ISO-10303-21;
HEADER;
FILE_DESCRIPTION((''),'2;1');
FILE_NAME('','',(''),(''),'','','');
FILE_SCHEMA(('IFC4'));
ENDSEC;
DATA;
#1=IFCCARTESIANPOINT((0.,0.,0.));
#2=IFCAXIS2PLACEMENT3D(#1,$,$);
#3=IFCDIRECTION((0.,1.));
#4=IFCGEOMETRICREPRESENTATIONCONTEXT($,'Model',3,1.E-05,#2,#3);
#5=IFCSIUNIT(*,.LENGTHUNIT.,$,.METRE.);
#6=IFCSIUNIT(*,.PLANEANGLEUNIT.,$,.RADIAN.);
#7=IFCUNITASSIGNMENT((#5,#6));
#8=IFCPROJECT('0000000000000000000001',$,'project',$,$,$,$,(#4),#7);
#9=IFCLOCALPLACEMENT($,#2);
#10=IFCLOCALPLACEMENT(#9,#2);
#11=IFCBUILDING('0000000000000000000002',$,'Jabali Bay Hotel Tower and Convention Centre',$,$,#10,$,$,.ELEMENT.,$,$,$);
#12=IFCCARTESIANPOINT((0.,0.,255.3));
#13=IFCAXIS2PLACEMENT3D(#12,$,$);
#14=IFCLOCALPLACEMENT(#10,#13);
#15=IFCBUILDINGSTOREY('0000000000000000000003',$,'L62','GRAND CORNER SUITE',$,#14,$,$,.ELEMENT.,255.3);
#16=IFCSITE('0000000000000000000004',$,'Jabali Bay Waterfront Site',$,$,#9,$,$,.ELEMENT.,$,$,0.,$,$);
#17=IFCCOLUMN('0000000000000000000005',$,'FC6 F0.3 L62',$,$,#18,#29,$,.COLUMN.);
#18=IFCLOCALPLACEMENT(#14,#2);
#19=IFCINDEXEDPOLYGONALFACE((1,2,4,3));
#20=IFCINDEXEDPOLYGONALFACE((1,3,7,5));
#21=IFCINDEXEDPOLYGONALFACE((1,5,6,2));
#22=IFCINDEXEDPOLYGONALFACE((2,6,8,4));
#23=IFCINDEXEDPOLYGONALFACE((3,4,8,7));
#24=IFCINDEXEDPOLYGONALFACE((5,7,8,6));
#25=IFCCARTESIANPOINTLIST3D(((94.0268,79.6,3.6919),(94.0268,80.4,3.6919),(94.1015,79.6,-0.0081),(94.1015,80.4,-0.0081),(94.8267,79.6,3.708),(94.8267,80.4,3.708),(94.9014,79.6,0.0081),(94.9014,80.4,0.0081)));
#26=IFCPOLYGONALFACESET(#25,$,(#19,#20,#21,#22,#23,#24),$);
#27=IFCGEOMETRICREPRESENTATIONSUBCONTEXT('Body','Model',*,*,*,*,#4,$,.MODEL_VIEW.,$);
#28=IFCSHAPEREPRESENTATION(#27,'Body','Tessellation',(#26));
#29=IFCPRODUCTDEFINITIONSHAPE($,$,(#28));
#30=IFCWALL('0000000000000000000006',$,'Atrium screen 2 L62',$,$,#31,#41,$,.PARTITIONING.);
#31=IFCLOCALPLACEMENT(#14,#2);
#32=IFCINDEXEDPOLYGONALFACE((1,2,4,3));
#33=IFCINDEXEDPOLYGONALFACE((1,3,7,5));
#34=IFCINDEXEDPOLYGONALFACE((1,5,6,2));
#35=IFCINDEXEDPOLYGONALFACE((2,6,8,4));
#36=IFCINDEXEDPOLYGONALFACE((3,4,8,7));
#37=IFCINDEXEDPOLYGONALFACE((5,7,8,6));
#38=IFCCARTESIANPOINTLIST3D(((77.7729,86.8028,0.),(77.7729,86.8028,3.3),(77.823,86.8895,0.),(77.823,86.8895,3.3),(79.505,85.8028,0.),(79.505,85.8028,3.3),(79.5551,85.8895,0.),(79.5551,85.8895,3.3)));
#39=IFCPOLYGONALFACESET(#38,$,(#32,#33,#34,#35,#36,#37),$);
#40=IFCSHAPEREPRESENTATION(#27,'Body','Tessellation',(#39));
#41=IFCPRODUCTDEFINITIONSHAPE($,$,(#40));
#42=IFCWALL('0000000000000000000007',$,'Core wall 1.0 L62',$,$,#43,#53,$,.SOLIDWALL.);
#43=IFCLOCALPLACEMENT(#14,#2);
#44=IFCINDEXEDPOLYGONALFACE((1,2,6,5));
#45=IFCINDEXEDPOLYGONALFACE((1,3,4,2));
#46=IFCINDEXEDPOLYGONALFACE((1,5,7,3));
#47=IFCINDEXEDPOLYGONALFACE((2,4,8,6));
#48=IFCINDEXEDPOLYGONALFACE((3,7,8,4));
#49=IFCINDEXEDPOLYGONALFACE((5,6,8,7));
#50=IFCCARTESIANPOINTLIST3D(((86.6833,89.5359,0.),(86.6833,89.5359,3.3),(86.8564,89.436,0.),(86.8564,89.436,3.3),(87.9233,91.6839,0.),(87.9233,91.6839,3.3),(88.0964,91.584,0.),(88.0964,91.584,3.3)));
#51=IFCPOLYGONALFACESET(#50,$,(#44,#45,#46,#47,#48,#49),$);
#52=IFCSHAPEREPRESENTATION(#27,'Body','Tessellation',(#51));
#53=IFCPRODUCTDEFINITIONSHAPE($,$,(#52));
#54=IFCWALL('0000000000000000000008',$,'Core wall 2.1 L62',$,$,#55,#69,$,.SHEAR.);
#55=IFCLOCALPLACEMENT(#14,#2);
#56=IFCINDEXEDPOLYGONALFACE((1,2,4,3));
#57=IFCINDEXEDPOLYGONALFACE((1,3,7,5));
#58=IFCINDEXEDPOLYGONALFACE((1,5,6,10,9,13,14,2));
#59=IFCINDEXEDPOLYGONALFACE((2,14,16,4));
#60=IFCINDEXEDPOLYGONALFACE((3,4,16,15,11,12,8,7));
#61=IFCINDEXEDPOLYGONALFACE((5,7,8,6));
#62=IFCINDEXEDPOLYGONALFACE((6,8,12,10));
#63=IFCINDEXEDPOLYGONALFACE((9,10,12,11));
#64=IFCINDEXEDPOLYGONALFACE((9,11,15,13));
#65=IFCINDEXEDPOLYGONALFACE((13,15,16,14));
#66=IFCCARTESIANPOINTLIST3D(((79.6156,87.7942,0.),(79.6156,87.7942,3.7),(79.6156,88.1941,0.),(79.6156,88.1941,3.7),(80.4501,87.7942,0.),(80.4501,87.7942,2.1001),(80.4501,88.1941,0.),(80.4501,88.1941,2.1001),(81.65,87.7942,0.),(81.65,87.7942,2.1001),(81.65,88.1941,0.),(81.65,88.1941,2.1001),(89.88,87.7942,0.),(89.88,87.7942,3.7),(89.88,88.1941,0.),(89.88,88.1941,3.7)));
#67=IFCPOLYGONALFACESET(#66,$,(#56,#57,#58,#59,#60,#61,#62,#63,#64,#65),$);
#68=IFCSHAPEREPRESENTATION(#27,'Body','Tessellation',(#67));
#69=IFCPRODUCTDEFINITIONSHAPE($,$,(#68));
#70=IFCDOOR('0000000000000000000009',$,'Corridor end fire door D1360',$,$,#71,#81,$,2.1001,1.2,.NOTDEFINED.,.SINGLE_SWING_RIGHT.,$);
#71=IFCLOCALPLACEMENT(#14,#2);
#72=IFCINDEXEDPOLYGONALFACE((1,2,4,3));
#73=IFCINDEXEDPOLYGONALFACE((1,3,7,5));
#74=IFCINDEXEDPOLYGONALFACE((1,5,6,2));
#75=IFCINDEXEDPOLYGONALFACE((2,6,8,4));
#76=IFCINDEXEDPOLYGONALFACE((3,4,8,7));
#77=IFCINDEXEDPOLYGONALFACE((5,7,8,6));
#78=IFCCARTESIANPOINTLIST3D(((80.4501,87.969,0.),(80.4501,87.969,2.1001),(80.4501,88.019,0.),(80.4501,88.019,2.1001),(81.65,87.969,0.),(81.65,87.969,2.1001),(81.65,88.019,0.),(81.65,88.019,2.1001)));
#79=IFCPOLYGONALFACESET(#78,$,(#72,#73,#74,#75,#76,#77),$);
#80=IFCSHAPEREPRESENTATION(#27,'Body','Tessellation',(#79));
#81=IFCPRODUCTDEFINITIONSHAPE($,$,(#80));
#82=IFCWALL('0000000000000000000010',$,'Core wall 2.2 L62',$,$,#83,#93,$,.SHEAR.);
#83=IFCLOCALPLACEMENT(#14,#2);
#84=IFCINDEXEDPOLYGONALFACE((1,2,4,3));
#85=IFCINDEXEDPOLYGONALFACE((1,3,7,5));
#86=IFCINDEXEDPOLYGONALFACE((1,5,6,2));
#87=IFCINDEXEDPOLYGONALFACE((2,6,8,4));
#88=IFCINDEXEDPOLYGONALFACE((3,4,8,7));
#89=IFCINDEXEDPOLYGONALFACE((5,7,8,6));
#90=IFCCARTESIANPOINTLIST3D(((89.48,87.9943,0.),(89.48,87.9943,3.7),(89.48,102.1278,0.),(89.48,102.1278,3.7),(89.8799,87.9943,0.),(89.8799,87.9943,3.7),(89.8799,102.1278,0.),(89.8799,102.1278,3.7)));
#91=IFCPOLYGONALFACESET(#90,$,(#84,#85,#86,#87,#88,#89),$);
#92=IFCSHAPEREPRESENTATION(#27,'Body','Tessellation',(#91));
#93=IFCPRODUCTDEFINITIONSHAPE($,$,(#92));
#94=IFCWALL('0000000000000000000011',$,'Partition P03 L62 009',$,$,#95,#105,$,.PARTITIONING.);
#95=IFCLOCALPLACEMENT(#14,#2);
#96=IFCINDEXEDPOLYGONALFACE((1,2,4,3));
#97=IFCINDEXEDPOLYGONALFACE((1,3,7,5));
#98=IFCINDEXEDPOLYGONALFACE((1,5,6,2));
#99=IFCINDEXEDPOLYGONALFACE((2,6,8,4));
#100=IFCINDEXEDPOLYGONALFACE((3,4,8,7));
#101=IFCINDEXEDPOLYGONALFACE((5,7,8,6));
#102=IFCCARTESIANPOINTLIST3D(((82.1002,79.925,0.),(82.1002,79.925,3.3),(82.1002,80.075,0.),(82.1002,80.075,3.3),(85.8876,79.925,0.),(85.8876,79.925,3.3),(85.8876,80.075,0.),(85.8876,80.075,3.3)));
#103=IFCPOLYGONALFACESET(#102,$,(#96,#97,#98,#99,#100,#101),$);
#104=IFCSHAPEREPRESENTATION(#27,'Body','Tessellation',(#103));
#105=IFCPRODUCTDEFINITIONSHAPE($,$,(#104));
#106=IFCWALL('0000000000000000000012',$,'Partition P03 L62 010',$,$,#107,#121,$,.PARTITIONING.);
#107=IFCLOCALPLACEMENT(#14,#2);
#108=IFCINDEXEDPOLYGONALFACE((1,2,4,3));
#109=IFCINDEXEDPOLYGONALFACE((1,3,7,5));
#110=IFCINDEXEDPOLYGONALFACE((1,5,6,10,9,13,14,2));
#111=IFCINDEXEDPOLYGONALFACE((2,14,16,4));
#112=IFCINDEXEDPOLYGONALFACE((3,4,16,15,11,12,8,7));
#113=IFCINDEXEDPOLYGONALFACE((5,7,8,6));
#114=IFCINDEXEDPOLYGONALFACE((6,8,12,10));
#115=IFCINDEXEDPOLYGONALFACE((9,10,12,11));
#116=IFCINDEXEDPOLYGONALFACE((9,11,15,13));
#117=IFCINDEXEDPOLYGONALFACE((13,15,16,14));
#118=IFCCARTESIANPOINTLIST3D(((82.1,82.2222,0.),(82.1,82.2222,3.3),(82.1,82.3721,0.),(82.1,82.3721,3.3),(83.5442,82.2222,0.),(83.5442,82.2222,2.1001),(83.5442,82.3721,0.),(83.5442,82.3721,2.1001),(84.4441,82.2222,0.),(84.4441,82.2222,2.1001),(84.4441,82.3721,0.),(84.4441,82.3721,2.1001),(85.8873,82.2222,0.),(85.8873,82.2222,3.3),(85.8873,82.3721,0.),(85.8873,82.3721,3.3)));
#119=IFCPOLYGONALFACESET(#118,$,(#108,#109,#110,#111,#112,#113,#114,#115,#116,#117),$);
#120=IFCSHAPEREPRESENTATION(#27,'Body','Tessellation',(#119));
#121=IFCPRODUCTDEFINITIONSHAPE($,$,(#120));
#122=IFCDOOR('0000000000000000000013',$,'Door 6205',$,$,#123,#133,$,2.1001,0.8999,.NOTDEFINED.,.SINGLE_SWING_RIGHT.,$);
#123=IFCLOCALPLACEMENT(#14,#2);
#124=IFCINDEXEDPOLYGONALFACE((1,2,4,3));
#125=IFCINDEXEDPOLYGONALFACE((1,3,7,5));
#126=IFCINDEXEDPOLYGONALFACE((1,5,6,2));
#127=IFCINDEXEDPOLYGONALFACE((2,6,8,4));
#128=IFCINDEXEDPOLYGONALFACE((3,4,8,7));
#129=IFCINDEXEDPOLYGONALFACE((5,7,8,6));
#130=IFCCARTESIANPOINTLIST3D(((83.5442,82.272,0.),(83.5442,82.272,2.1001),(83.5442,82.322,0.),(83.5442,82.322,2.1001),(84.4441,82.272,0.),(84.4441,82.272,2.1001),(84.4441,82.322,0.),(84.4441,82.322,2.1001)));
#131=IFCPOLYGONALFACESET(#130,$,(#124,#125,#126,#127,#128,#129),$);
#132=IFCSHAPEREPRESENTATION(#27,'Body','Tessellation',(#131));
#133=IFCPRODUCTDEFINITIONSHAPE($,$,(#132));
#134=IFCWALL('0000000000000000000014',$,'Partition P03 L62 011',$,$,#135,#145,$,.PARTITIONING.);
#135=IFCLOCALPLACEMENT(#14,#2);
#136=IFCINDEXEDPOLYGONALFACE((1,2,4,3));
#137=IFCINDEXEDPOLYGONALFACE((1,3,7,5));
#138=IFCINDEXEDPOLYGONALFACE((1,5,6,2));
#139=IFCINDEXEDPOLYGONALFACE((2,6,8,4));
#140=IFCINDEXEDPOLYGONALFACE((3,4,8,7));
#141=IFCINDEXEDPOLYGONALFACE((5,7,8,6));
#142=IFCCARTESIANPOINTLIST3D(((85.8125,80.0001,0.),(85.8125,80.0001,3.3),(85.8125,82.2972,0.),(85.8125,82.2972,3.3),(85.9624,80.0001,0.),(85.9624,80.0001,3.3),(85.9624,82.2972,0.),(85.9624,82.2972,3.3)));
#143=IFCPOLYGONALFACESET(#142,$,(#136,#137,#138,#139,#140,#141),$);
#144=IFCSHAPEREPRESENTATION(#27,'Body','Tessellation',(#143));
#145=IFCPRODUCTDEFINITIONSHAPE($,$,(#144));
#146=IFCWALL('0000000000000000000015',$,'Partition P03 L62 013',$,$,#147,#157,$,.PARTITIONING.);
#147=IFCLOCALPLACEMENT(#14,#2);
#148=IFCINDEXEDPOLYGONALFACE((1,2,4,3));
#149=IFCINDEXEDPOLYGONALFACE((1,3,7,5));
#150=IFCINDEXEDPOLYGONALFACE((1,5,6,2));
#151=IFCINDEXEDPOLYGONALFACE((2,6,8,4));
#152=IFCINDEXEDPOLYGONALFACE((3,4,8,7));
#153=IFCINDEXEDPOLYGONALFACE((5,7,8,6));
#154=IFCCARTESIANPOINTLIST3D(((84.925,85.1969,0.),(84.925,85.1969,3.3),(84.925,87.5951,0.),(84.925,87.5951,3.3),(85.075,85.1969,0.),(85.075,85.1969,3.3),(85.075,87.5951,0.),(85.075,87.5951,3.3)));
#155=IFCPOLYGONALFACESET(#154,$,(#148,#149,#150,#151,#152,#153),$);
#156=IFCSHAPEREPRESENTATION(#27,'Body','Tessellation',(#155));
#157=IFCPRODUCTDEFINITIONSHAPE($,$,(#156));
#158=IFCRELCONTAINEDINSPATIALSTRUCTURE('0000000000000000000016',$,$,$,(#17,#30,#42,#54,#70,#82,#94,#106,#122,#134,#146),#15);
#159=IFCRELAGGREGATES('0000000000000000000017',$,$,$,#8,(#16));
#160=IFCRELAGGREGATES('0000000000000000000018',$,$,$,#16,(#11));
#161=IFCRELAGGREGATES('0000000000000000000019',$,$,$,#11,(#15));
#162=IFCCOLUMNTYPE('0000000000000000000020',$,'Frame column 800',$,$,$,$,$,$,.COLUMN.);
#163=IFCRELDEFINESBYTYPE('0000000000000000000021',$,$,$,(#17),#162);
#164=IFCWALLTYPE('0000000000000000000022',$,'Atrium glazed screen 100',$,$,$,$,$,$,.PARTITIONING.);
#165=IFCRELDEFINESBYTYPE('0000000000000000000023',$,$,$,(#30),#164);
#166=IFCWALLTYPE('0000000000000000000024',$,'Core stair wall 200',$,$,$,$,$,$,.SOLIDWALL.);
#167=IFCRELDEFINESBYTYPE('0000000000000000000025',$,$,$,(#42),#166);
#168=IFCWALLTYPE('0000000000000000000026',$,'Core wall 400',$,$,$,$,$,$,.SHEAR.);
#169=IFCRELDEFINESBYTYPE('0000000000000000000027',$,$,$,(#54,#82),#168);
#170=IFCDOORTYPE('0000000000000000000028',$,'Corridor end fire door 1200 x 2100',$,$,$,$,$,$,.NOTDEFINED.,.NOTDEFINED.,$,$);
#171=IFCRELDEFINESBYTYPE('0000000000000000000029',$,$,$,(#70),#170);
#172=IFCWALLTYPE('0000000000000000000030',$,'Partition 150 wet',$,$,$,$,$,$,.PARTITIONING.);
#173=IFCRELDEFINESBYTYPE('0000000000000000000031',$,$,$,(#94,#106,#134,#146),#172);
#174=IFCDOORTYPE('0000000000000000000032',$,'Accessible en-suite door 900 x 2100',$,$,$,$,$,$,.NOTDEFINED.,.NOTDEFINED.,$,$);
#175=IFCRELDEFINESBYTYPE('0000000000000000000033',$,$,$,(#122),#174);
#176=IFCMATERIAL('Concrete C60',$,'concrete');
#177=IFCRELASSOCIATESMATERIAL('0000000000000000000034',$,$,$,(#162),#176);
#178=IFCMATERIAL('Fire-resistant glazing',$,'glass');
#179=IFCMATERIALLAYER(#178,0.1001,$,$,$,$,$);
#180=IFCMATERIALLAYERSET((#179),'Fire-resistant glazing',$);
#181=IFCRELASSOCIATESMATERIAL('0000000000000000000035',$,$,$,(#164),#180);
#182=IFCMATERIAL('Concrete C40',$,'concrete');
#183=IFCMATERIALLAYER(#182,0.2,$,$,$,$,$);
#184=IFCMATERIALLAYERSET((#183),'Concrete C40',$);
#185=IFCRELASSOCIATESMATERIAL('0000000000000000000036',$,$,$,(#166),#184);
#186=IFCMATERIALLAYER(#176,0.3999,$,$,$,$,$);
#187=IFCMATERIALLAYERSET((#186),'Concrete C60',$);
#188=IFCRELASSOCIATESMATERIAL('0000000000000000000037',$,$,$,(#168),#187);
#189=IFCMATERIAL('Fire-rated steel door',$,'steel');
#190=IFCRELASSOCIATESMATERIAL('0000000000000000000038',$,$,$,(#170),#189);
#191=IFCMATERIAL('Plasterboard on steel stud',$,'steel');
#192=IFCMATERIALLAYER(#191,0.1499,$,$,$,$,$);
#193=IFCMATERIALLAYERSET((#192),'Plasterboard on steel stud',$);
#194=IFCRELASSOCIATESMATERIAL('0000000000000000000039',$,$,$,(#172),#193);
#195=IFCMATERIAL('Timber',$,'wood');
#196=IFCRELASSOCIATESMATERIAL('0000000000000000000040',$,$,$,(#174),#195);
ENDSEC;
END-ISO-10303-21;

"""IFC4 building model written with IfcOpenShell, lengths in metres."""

from ifc_helpers import new_model, si_unit, direction, frame, frame_2d, origin, origin_2d, place, context, subcontext, project, spatial, rectangle, extrude, material, layer, layer_set, material_profile, profile_set, type_object, element, fill, save


model = new_model("IFC4")

# Units and contexts
model_context = context("Model", 3, precision=1e-05, world=origin(), true_north=direction((0.0, 1.0)))
body_context = subcontext(model_context, "Body", "Model", "MODEL_VIEW")
ifc_project = project(units=[si_unit("LENGTHUNIT", "METRE"), si_unit("PLANEANGLEUNIT", "RADIAN")], contexts=[model_context])

# Site, building, storey
site_placement = place(None, origin())
site = spatial("IfcSite", under=ifc_project, at=site_placement, Name="Jabali Bay Waterfront Site", CompositionType="ELEMENT", RefElevation=0.0)
building_placement = place(site_placement, origin())
building = spatial("IfcBuilding", under=site, at=building_placement, Name="Jabali Bay Hotel Tower and Convention Centre", CompositionType="ELEMENT")
storey_placement = place(building_placement, frame((0.0, 0.0, 255.3)))
storey = spatial("IfcBuildingStorey", under=building, at=storey_placement, Name="L62", Description="GRAND CORNER SUITE", CompositionType="ELEMENT", Elevation=255.3)

# Column
ifc_material_1 = material(Name="Concrete C60", Category="concrete")
ifc_material_profile = material_profile(ifc_material_1, rectangle(XDim=0.8, YDim=0.8, at=origin_2d()), Name="Frame column 800")
ifc_profile_set = profile_set([ifc_material_profile], Name="Concrete C60")
column_type = type_object("IfcColumnType", Name="Frame column 800", PredefinedType="COLUMN", material=ifc_profile_set)
column_placement = place(storey_placement, frame((94.5015, 80.0, 0.0), z_axis=(-0.020187, 0.0, 0.999796), x_axis=(0.0, -1.0, 0.0)))
element("IfcColumn", 1, at=column_placement, inside=storey, type_object=column_type, Name="FC6 F0.3 L62", PredefinedType="COLUMN", context=body_context, shape_type="SweptSolid", body=[
    extrude(rectangle(XDim=0.8, YDim=0.8, at=origin_2d()), origin(), (0.0, 0.0, 1.0), 3.7007),
])

# Walls
ifc_material_2 = material(Name="Fire-resistant glazing", Category="glass")
ifc_layer_1 = layer(ifc_material_2, 0.1001)
ifc_layer_set_1 = layer_set([ifc_layer_1], Name="Fire-resistant glazing")
wall_type_1 = type_object("IfcWallType", Name="Atrium glazed screen 100", PredefinedType="PARTITIONING", material=ifc_layer_set_1)
wall_1_placement = place(storey_placement, frame((79.53, 85.8462, 0.0), z_axis=(0.0, 0.0, 1.0), x_axis=(-0.866041, 0.499973, 0.0)))
element("IfcWall", 2, at=wall_1_placement, inside=storey, type_object=wall_type_1, Name="Atrium screen 2 L62", PredefinedType="PARTITIONING", context=body_context, shape_type="SweptSolid", body=[
    extrude(rectangle(XDim=2.0, YDim=0.1001, at=frame_2d((1.0, 0.0))), origin(), (0.0, 0.0, 1.0), 3.3),
])
ifc_material_3 = material(Name="Concrete C40", Category="concrete")
ifc_layer_2 = layer(ifc_material_3, 0.2)
ifc_layer_set_2 = layer_set([ifc_layer_2], Name="Concrete C40")
wall_type_2 = type_object("IfcWallType", Name="Core stair wall 200", PredefinedType="SOLIDWALL", material=ifc_layer_set_2)
wall_2_placement = place(storey_placement, frame((86.7698, 89.4858, 0.0), z_axis=(0.0, 0.0, 1.0), x_axis=(0.499961, 0.866048, 0.0)))
element("IfcWall", 3, at=wall_2_placement, inside=storey, type_object=wall_type_2, Name="Core wall 1.0 L62", PredefinedType="SOLIDWALL", context=body_context, shape_type="SweptSolid", body=[
    extrude(rectangle(XDim=2.4802, YDim=0.2, at=frame_2d((1.2402, 0.0))), origin(), (0.0, 0.0, 1.0), 3.3),
])

# Wall, opening, door
ifc_layer_3 = layer(ifc_material_1, 0.3999)
ifc_layer_set_3 = layer_set([ifc_layer_3], Name="Concrete C60")
wall_type_3 = type_object("IfcWallType", Name="Core wall 400", PredefinedType="SHEAR", material=ifc_layer_set_3)
wall_3_placement = place(storey_placement, frame((79.6155, 87.9941, 0.0), z_axis=(0.0, 0.0, 1.0), x_axis=(1.0, 0.0, 0.0)))
wall_3 = element("IfcWall", 4, at=wall_3_placement, inside=storey, type_object=wall_type_3, Name="Core wall 2.1 L62", PredefinedType="SHEAR", context=body_context, shape_type="SweptSolid", body=[
    extrude(rectangle(XDim=10.2644, YDim=0.3999, at=frame_2d((5.1323, 0.0))), origin(), (0.0, 0.0, 1.0), 3.7),
])
opening_1_placement = place(wall_3_placement, frame((0.8345, 0.0, 0.0)))
opening_1 = element("IfcOpeningElement", 5, at=opening_1_placement, cuts=wall_3, PredefinedType="OPENING", context=body_context, shape_type="SweptSolid", body=[
    extrude(rectangle(XDim=1.2, YDim=2.1001, at=frame_2d((0.6001, 1.05))), frame((0.0, 0.2104, 0.0), z_axis=(0.0, -1.0, 0.0), x_axis=(1.0, 0.0, 0.0)), (0.0, 0.0, 1.0), 0.4209),
])
ifc_material_4 = material(Name="Fire-rated steel door", Category="steel")
door_type_1 = type_object("IfcDoorType", Name="Corridor end fire door 1200 x 2100", OperationType="NOTDEFINED", PredefinedType="NOTDEFINED", material=ifc_material_4)
door_1_placement = place(opening_1_placement, origin())
door_1 = element("IfcDoor", 6, at=door_1_placement, inside=storey, type_object=door_type_1, Name="Corridor end fire door D1360", OperationType="SINGLE_SWING_RIGHT", OverallHeight=2.1001, OverallWidth=1.2, PredefinedType="NOTDEFINED", context=body_context, shape_type="SweptSolid", body=[
    extrude(rectangle(XDim=1.2, YDim=2.1001, at=frame_2d((0.6001, 1.05))), frame((0.0, 0.0249, 0.0), z_axis=(0.0, -1.0, 0.0), x_axis=(1.0, 0.0, 0.0)), (0.0, 0.0, 1.0), 0.05),
])
fill(opening_1, door_1)

# Walls
wall_4_placement = place(storey_placement, frame((89.6799, 87.9941, 0.0), z_axis=(0.0, 0.0, 1.0), x_axis=(0.0, 1.0, 0.0)))
element("IfcWall", 7, at=wall_4_placement, inside=storey, type_object=wall_type_3, Name="Core wall 2.2 L62", PredefinedType="SHEAR", context=body_context, shape_type="SweptSolid", body=[
    extrude(rectangle(XDim=14.1335, YDim=0.3999, at=frame_2d((7.0669, 0.0))), origin(), (0.0, 0.0, 1.0), 3.7),
])
ifc_material_5 = material(Name="Plasterboard on steel stud", Category="steel")
ifc_layer_4 = layer(ifc_material_5, 0.1499)
ifc_layer_set_4 = layer_set([ifc_layer_4], Name="Plasterboard on steel stud")
wall_type_4 = type_object("IfcWallType", Name="Partition 150 wet", PredefinedType="PARTITIONING", material=ifc_layer_set_4)
wall_5_placement = place(storey_placement, frame((85.8875, 80.0, 0.0), z_axis=(0.0, 0.0, 1.0), x_axis=(-1.0, 0.0, 0.0)))
element("IfcWall", 8, at=wall_5_placement, inside=storey, type_object=wall_type_4, Name="Partition P03 L62 009", PredefinedType="PARTITIONING", context=body_context, shape_type="SweptSolid", body=[
    extrude(rectangle(XDim=3.7874, YDim=0.1499, at=frame_2d((1.8936, 0.0))), origin(), (0.0, 0.0, 1.0), 3.3),
])

# Wall, opening, door
wall_6_placement = place(storey_placement, frame((82.1001, 82.2971, 0.0), z_axis=(0.0, 0.0, 1.0), x_axis=(1.0, 0.0, 0.0)))
wall_6 = element("IfcWall", 9, at=wall_6_placement, inside=storey, type_object=wall_type_4, Name="Partition P03 L62 010", PredefinedType="PARTITIONING", context=body_context, shape_type="SweptSolid", body=[
    extrude(rectangle(XDim=3.7874, YDim=0.1499, at=frame_2d((1.8936, 0.0))), origin(), (0.0, 0.0, 1.0), 3.3),
])
opening_2_placement = place(wall_6_placement, frame((1.4441, 0.0, 0.0)))
opening_2 = element("IfcOpeningElement", 10, at=opening_2_placement, cuts=wall_6, PredefinedType="OPENING", context=body_context, shape_type="SweptSolid", body=[
    extrude(rectangle(XDim=0.8999, YDim=2.1001, at=frame_2d((0.45, 1.05))), frame((0.0, 0.0854, 0.0), z_axis=(0.0, -1.0, 0.0), x_axis=(1.0, 0.0, 0.0)), (0.0, 0.0, 1.0), 0.1709),
])
ifc_material_6 = material(Name="Timber", Category="wood")
door_type_2 = type_object("IfcDoorType", Name="Accessible en-suite door 900 x 2100", OperationType="NOTDEFINED", PredefinedType="NOTDEFINED", material=ifc_material_6)
door_2_placement = place(opening_2_placement, origin())
door_2 = element("IfcDoor", 11, at=door_2_placement, inside=storey, type_object=door_type_2, Name="Door 6205", OperationType="SINGLE_SWING_RIGHT", OverallHeight=2.1001, OverallWidth=0.8999, PredefinedType="NOTDEFINED", context=body_context, shape_type="SweptSolid", body=[
    extrude(rectangle(XDim=0.8999, YDim=2.1001, at=frame_2d((0.45, 1.05))), frame((0.0, 0.0249, 0.0), z_axis=(0.0, -1.0, 0.0), x_axis=(1.0, 0.0, 0.0)), (0.0, 0.0, 1.0), 0.05),
])
fill(opening_2, door_2)

# Walls
wall_7_placement = place(storey_placement, frame((85.8875, 82.2971, 0.0), z_axis=(0.0, 0.0, 1.0), x_axis=(0.0, -1.0, 0.0)))
element("IfcWall", 12, at=wall_7_placement, inside=storey, type_object=wall_type_4, Name="Partition P03 L62 011", PredefinedType="PARTITIONING", context=body_context, shape_type="SweptSolid", body=[
    extrude(rectangle(XDim=2.2971, YDim=0.1499, at=frame_2d((1.1484, 0.0))), origin(), (0.0, 0.0, 1.0), 3.3),
])
wall_8_placement = place(storey_placement, frame((85.0, 87.5952, 0.0), z_axis=(0.0, 0.0, 1.0), x_axis=(0.0, -1.0, 0.0)))
element("IfcWall", 13, at=wall_8_placement, inside=storey, type_object=wall_type_4, Name="Partition P03 L62 013", PredefinedType="PARTITIONING", context=body_context, shape_type="SweptSolid", body=[
    extrude(rectangle(XDim=2.3982, YDim=0.1499, at=frame_2d((1.1992, 0.0))), origin(), (0.0, 0.0, 1.0), 3.3),
])

save(model, "model.ifc")
